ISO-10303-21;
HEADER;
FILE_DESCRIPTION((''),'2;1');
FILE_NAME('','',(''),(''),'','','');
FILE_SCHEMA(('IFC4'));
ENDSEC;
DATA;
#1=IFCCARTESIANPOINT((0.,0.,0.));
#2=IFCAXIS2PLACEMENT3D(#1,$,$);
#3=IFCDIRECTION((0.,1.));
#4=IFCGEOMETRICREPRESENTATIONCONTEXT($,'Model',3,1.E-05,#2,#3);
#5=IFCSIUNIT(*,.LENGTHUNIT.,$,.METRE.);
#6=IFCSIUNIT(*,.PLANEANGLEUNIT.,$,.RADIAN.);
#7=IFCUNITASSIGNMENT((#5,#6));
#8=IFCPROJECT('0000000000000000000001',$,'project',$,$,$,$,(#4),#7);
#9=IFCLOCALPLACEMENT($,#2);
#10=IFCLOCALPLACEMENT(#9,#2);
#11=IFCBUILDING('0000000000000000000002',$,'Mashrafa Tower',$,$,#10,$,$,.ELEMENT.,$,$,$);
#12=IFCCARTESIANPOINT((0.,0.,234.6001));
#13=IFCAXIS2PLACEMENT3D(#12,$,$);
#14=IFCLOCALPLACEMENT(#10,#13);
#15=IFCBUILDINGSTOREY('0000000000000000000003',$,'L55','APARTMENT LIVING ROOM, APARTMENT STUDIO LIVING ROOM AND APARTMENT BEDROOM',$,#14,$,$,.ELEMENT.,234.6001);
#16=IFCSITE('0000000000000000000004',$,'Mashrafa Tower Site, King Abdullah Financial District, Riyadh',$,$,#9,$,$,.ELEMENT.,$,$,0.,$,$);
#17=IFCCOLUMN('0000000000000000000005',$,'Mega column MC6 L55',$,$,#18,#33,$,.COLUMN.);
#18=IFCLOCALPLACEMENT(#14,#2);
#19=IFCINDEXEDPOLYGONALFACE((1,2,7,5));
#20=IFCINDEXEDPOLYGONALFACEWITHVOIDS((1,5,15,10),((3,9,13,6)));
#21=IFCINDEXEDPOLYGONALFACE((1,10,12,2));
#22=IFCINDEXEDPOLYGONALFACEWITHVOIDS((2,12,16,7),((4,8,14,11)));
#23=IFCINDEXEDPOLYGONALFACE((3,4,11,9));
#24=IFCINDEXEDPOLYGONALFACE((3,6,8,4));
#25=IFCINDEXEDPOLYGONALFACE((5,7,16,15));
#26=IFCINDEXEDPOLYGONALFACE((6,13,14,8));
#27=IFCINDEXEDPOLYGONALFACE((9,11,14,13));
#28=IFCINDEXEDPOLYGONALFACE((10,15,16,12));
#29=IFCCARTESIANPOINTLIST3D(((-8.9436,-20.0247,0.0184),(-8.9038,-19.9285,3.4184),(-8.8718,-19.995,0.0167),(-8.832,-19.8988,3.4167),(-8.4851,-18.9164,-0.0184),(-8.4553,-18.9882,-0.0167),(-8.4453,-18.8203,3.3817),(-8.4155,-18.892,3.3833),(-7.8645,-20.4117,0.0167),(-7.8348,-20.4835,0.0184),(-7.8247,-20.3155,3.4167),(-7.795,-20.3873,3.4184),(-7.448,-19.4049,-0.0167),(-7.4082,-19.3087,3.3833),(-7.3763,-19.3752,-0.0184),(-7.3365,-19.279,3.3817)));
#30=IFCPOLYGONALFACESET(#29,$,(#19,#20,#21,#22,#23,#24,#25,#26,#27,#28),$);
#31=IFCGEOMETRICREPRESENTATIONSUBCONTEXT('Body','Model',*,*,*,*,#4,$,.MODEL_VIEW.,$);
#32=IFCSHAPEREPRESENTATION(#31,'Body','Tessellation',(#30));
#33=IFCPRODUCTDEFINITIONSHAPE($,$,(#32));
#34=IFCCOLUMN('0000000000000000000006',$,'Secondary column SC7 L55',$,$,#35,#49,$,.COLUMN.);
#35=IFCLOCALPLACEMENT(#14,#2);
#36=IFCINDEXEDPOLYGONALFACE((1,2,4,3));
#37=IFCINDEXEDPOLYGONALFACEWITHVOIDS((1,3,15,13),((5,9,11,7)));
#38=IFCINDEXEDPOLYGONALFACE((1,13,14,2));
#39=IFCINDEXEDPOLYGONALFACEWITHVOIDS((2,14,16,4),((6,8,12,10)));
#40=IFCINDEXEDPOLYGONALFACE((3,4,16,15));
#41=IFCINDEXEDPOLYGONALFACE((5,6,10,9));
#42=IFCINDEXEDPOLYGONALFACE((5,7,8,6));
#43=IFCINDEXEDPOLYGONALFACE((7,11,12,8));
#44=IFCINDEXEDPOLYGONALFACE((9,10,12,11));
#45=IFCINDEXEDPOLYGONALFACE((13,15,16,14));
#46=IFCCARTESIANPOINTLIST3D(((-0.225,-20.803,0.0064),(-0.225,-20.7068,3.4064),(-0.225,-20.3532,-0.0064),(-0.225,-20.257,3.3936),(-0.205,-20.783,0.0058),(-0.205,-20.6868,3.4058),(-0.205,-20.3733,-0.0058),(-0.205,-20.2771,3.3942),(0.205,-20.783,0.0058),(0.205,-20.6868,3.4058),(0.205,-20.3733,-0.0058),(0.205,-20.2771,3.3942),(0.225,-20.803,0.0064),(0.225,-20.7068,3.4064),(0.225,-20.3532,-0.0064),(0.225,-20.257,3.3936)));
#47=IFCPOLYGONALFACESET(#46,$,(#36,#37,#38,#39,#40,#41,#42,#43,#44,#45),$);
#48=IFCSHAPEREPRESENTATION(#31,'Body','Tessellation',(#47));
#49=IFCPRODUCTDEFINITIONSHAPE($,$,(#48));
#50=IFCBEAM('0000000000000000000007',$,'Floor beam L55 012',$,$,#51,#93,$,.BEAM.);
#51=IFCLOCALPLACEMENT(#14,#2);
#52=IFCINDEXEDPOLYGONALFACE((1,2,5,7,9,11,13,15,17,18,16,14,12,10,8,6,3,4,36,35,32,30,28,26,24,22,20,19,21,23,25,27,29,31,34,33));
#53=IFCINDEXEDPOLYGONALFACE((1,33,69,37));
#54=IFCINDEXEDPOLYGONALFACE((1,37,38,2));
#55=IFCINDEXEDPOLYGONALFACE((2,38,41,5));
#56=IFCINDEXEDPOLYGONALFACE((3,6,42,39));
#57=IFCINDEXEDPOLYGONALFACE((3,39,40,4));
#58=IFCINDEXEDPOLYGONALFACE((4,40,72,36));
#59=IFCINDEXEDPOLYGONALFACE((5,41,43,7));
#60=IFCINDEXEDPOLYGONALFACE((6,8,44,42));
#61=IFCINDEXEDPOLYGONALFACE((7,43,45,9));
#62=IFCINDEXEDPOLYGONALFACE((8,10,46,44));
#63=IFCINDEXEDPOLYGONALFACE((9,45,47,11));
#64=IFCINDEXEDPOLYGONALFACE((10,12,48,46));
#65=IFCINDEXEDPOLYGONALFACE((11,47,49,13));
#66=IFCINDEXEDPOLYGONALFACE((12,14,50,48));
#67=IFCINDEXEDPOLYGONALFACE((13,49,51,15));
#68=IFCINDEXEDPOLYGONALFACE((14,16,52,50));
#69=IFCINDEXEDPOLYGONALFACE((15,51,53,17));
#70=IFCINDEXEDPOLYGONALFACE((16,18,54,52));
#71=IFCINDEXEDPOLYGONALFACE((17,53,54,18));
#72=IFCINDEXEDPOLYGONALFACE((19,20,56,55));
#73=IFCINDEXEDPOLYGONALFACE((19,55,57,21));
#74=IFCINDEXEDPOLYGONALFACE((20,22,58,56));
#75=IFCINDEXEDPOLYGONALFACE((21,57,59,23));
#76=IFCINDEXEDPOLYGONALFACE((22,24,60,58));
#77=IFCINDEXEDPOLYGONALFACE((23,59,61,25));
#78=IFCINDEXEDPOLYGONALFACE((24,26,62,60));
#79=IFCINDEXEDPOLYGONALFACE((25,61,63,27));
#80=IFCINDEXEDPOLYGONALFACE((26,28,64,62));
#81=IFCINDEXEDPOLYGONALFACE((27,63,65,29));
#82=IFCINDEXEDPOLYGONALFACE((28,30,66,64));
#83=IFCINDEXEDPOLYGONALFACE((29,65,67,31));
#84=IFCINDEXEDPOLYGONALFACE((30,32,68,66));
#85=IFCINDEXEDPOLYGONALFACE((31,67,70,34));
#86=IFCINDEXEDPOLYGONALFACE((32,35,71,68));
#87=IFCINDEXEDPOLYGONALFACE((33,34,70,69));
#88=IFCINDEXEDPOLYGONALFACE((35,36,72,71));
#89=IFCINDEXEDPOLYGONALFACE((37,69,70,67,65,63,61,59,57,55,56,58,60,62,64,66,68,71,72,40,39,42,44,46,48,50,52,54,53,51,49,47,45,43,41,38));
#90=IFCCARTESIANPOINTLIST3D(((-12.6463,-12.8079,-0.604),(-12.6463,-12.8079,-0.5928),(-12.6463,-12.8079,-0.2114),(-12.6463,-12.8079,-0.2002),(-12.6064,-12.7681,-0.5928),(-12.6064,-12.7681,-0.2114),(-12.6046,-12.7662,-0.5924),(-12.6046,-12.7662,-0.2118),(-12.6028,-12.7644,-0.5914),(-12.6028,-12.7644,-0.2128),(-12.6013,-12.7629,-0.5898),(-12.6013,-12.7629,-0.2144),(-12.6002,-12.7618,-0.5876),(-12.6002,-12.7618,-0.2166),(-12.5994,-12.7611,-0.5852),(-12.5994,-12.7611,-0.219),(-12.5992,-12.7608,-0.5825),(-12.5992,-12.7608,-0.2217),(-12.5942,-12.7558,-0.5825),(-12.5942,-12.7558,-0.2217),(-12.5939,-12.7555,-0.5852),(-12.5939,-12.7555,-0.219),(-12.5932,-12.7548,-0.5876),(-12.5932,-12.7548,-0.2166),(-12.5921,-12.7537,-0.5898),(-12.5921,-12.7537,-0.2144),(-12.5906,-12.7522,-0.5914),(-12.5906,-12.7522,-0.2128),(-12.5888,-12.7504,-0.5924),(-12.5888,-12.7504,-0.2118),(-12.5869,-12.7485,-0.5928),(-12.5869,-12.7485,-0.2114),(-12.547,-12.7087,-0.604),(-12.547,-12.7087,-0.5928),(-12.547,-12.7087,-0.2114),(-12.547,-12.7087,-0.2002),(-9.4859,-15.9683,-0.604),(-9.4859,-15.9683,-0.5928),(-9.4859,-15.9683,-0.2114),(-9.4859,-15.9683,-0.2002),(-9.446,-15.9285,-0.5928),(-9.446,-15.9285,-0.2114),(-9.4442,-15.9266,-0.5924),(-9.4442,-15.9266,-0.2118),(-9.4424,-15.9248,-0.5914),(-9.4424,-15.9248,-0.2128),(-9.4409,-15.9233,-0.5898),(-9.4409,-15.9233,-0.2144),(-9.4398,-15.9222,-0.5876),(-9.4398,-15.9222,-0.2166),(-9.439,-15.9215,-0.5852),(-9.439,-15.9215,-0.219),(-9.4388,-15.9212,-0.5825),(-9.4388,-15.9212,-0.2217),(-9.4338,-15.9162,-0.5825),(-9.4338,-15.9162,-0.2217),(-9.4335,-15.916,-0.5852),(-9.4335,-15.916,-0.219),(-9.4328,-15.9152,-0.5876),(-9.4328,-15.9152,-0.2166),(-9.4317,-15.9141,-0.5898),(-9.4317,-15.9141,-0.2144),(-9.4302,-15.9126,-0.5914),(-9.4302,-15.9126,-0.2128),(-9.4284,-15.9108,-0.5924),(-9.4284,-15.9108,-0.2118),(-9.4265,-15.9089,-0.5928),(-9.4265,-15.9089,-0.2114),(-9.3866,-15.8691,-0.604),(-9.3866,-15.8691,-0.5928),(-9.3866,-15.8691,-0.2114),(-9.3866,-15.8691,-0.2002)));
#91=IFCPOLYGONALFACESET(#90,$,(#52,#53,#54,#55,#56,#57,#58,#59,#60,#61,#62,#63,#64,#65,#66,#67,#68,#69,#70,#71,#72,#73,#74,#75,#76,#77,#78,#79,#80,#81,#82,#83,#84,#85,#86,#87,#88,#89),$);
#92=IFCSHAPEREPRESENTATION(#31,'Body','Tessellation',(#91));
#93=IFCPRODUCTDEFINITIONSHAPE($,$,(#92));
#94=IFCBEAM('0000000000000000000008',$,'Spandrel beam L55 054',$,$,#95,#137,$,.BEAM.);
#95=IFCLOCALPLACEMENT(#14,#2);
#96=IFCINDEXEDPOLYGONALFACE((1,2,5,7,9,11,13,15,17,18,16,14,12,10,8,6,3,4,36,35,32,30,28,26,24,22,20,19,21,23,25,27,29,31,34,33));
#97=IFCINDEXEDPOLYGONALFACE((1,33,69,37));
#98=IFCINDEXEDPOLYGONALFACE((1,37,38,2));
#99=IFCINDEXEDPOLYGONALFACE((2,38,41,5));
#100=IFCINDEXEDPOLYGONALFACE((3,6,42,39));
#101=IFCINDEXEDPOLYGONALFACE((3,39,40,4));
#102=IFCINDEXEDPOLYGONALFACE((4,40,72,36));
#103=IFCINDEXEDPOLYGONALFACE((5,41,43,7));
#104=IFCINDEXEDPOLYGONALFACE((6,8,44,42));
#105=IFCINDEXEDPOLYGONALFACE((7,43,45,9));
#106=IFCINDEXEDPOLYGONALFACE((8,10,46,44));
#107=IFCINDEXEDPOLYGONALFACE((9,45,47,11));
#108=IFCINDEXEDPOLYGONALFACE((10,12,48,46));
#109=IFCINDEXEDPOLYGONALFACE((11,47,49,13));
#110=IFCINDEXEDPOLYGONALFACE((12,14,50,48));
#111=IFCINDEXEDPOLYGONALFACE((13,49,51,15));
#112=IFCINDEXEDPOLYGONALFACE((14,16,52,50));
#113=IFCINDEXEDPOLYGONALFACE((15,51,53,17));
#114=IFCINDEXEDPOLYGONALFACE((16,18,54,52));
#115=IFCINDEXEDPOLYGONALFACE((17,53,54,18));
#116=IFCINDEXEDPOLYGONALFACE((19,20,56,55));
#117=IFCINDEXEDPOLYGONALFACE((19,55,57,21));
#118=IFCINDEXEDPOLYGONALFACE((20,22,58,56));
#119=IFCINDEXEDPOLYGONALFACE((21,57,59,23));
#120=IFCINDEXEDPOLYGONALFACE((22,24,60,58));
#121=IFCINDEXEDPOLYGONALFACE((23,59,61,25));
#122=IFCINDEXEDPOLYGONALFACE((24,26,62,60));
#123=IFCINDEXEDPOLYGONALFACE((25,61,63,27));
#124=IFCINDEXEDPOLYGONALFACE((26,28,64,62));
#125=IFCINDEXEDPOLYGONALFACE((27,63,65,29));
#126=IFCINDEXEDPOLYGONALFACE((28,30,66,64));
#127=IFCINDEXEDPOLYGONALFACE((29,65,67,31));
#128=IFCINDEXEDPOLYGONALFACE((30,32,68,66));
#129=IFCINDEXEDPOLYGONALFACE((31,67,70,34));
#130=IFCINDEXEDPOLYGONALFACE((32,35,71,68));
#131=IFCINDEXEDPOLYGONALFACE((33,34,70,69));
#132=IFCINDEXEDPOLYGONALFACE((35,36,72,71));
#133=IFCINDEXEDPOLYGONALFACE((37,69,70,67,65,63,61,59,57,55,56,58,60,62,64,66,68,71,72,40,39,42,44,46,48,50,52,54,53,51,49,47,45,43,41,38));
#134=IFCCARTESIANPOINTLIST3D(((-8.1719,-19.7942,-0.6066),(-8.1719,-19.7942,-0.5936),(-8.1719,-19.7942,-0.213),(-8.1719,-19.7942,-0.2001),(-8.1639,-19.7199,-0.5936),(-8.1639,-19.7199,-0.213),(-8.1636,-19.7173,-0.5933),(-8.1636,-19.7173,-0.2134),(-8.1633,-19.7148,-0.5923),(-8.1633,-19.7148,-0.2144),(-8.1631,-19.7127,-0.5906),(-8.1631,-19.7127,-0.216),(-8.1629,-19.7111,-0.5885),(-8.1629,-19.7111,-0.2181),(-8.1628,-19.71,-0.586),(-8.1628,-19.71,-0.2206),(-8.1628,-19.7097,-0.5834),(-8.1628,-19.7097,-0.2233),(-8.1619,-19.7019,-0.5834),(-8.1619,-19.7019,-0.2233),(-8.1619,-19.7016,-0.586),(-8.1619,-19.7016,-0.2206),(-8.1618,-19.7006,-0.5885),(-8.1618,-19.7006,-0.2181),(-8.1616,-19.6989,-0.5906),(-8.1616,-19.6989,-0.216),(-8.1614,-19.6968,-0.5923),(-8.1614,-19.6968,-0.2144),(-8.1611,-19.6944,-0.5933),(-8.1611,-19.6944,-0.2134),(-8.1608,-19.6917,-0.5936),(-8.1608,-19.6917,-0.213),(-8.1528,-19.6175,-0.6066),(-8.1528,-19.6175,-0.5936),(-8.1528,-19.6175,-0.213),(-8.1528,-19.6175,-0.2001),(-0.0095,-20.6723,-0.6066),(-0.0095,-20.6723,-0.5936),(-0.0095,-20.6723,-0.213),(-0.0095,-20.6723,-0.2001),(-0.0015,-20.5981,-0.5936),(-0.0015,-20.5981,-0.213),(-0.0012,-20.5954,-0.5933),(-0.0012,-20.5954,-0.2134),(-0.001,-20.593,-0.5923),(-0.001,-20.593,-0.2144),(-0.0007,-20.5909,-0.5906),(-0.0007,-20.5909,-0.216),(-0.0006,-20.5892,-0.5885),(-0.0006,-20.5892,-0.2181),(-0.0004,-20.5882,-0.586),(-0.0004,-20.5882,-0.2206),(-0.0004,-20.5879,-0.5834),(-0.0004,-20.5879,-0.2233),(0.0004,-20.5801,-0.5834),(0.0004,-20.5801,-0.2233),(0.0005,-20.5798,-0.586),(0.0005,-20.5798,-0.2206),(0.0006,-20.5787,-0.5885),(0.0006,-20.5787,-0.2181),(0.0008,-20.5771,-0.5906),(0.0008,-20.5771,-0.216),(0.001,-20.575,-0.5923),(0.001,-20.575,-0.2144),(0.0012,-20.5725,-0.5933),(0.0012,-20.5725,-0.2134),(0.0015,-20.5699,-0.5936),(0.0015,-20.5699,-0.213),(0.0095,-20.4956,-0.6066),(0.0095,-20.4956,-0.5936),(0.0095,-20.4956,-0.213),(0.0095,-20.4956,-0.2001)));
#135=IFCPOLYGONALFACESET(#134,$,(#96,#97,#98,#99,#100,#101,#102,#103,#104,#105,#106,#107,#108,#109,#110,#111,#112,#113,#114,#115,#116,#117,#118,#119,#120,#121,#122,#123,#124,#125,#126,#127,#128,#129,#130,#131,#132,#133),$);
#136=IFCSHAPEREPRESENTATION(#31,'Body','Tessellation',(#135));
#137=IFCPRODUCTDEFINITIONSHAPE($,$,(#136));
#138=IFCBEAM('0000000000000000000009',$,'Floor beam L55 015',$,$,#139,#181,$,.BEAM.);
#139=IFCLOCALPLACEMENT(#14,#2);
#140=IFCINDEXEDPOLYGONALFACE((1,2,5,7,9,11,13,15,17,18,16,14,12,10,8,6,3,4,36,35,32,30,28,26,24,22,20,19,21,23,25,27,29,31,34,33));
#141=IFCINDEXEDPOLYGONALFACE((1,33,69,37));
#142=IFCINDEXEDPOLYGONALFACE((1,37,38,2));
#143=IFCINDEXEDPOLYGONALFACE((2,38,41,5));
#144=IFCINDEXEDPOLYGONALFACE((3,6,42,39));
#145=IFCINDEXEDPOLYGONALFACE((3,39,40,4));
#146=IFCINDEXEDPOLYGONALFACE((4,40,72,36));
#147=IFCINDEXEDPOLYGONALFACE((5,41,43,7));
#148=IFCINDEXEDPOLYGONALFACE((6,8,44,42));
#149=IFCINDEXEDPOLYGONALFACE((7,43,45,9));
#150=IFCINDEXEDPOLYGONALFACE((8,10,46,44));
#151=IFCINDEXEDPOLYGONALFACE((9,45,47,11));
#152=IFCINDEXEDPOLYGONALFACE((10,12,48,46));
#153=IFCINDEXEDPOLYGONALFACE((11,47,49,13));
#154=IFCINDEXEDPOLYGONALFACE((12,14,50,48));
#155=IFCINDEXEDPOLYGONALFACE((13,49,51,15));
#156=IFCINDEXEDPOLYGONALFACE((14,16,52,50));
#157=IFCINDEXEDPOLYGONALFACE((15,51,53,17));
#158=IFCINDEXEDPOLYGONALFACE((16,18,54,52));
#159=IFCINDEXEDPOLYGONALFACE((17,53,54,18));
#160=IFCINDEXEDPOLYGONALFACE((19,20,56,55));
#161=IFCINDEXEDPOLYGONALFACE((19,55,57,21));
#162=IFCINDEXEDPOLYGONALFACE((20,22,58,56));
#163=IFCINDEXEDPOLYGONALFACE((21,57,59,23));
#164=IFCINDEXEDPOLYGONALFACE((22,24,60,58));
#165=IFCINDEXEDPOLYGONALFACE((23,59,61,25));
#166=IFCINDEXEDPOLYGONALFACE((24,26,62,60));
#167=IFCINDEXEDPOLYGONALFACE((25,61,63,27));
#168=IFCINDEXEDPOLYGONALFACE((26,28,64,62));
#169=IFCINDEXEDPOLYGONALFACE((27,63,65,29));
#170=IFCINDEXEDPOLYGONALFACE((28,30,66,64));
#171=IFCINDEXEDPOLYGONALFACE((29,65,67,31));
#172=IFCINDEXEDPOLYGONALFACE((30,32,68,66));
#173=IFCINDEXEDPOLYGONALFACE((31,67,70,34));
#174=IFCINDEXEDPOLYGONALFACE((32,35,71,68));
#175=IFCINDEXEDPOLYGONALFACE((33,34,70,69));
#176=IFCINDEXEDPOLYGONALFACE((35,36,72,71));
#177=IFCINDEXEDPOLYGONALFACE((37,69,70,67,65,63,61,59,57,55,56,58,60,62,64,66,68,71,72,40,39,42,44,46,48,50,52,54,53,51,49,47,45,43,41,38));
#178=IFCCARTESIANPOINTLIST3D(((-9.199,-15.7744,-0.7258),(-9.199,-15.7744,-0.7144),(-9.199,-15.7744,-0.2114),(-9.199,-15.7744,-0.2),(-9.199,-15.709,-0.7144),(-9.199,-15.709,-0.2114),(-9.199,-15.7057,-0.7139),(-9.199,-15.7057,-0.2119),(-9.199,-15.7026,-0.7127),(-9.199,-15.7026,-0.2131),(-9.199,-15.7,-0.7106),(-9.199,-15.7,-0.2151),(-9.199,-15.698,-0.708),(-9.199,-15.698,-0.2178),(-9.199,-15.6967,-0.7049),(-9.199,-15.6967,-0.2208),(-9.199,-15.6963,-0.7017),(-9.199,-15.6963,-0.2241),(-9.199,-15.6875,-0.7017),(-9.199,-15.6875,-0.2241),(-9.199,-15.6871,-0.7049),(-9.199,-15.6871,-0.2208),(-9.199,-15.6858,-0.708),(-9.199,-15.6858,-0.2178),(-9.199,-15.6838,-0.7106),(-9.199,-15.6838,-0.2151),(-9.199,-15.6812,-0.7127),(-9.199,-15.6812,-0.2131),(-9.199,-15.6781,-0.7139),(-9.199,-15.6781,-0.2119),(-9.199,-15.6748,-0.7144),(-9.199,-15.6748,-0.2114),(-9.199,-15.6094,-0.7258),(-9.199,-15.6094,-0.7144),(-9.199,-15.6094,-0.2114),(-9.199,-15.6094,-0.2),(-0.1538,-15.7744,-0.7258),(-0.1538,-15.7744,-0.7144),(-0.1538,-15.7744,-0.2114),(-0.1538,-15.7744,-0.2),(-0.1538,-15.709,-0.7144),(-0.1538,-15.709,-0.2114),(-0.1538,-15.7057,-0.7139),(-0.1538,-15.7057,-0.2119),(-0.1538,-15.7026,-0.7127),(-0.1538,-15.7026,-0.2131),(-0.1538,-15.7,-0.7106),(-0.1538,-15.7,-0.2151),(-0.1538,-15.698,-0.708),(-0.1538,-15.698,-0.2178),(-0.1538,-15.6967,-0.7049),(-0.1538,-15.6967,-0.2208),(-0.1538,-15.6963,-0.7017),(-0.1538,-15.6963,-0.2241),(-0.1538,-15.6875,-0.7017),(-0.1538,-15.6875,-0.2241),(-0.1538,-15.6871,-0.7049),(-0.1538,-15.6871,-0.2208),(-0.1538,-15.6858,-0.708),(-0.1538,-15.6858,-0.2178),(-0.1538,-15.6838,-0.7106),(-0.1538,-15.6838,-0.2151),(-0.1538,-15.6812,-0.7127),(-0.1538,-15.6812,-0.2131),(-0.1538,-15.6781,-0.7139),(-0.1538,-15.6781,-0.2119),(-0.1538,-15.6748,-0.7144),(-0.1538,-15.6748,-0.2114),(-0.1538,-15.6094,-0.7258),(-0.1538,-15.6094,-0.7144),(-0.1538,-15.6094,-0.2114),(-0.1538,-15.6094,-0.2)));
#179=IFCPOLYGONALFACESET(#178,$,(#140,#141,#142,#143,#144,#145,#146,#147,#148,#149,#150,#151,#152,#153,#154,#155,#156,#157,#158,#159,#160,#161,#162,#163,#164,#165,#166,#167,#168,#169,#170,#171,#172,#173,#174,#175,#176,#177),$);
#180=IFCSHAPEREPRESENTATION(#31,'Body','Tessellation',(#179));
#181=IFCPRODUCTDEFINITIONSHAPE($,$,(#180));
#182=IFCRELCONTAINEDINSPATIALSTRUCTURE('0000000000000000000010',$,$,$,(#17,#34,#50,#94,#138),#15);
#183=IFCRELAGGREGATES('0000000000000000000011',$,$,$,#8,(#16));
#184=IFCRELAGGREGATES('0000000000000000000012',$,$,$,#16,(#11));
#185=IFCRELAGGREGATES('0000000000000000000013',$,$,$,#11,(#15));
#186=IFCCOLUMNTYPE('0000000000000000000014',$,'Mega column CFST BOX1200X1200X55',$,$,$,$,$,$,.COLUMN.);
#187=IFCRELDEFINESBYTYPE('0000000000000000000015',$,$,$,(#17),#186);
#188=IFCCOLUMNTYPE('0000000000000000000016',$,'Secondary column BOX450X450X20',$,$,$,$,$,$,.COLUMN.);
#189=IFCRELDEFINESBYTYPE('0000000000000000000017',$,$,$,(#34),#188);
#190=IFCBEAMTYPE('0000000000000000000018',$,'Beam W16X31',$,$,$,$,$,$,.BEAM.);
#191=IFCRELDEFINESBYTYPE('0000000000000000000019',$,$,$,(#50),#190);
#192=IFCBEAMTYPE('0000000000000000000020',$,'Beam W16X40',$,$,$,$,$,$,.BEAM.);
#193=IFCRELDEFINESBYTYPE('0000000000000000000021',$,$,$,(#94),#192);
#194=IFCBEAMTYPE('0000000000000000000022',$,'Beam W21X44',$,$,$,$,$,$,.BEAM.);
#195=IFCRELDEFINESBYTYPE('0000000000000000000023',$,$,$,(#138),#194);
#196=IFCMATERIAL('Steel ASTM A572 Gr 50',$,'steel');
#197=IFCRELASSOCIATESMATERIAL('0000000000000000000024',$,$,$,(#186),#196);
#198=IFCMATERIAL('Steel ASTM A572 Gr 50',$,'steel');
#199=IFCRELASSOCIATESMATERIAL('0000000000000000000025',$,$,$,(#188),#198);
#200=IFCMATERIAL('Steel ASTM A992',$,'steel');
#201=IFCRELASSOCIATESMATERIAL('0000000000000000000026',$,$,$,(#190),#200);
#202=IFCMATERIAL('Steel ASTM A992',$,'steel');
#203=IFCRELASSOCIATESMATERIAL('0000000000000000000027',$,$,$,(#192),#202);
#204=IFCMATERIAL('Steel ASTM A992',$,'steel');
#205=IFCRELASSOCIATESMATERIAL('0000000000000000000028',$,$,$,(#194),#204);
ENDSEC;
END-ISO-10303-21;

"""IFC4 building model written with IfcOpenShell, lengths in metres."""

from ifc_helpers import new_model, si_unit, direction, frame, origin, origin_2d, place, context, subcontext, project, spatial, hollow_rectangle, i_section, extrude, material, material_profile, profile_set, type_object, element, save


model = new_model("IFC4")

# Units and contexts
model_context = context("Model", 3, precision=1e-05, world=origin(), true_north=direction((0.0, 1.0)))
body_context = subcontext(model_context, "Body", "Model", "MODEL_VIEW")
ifc_project = project(units=[si_unit("LENGTHUNIT", "METRE"), si_unit("PLANEANGLEUNIT", "RADIAN")], contexts=[model_context])

# Site, building, storey
site_placement = place(None, origin())
site = spatial("IfcSite", under=ifc_project, at=site_placement, Name="Mashrafa Tower Site, King Abdullah Financial District, Riyadh", CompositionType="ELEMENT", RefElevation=0.0)
building_placement = place(site_placement, origin())
building = spatial("IfcBuilding", under=site, at=building_placement, Name="Mashrafa Tower", CompositionType="ELEMENT")
storey_placement = place(building_placement, frame((0.0, 0.0, 234.6001)))
storey = spatial("IfcBuildingStorey", under=building, at=storey_placement, Name="L55", Description="APARTMENT LIVING ROOM, APARTMENT STUDIO LIVING ROOM AND APARTMENT BEDROOM", CompositionType="ELEMENT", Elevation=234.6001)

# Columns
ifc_material_1 = material(Name="Steel ASTM A572 Gr 50", Category="steel")
ifc_material_profile_1 = material_profile(ifc_material_1, hollow_rectangle(XDim=1.2, YDim=1.2, WallThickness=0.0549, at=origin_2d()), Name="BOX1200X1200X55")
ifc_profile_set_1 = profile_set([ifc_material_profile_1], Name="Steel ASTM A572 Gr 50")
column_type_1 = type_object("IfcColumnType", Name="Mega column CFST BOX1200X1200X55", PredefinedType="COLUMN", material=ifc_profile_set_1)
column_1_placement = place(storey_placement, frame((-8.1599, -19.7, 0.0), z_axis=(0.011699, 0.028279, 0.999532), x_axis=(-0.924045, 0.382283, 0.0)))
element("IfcColumn", 1, at=column_1_placement, inside=storey, type_object=column_type_1, Name="Mega column MC6 L55", PredefinedType="COLUMN", context=body_context, shape_type="SweptSolid", body=[
    extrude(hollow_rectangle(XDim=1.2, YDim=1.2, WallThickness=0.0549, at=origin_2d()), origin(), (0.0, 0.0, 1.0), 3.4016),
])
ifc_material_2 = material(Name="Steel ASTM A572 Gr 50", Category="steel")
ifc_material_profile_2 = material_profile(ifc_material_2, hollow_rectangle(XDim=0.45, YDim=0.45, WallThickness=0.02, at=origin_2d()), Name="BOX450X450X20")
ifc_profile_set_2 = profile_set([ifc_material_profile_2], Name="Steel ASTM A572 Gr 50")
column_type_2 = type_object("IfcColumnType", Name="Secondary column BOX450X450X20", PredefinedType="COLUMN", material=ifc_profile_set_2)
column_2_placement = place(storey_placement, frame((0.0, -20.5781, 0.0), z_axis=(0.0, 0.028281, 0.9996), x_axis=(-1.0, 0.0, 0.0)))
element("IfcColumn", 2, at=column_2_placement, inside=storey, type_object=column_type_2, Name="Secondary column SC7 L55", PredefinedType="COLUMN", context=body_context, shape_type="SweptSolid", body=[
    extrude(hollow_rectangle(XDim=0.45, YDim=0.45, WallThickness=0.02, at=origin_2d()), origin(), (0.0, 0.0, 1.0), 3.4014),
])

# Beams
ifc_material_3 = material(Name="Steel ASTM A992", Category="steel")
ifc_material_profile_3 = material_profile(ifc_material_3, i_section(OverallWidth=0.1404, OverallDepth=0.4038, WebThickness=0.0071, FlangeThickness=0.0112, FilletRadius=0.0103, at=origin_2d()), Name="W16X31")
ifc_profile_set_3 = profile_set([ifc_material_profile_3], Name="Steel ASTM A992")
beam_type_1 = type_object("IfcBeamType", Name="Beam W16X31", PredefinedType="BEAM", material=ifc_profile_set_3)
beam_1_placement = place(storey_placement, frame((-9.4363, -15.9187, -0.4021), z_axis=(-0.707107, 0.707107, 0.0), x_axis=(-0.707107, -0.707107, 0.0)))
element("IfcBeam", 3, at=beam_1_placement, inside=storey, type_object=beam_type_1, Name="Floor beam L55 012", PredefinedType="BEAM", context=body_context, shape_type="SweptSolid", body=[
    extrude(i_section(OverallWidth=0.1404, OverallDepth=0.4038, WebThickness=0.0071, FlangeThickness=0.0112, FilletRadius=0.0103, at=origin_2d()), origin(), (0.0, 0.0, 1.0), 4.4695),
])
ifc_material_4 = material(Name="Steel ASTM A992", Category="steel")
ifc_material_profile_4 = material_profile(ifc_material_4, i_section(OverallWidth=0.1777, OverallDepth=0.4065, WebThickness=0.0078, FlangeThickness=0.0129, FilletRadius=0.0103, at=origin_2d()), Name="W16X40")
ifc_profile_set_4 = profile_set([ifc_material_profile_4], Name="Steel ASTM A992")
beam_type_2 = type_object("IfcBeamType", Name="Beam W16X40", PredefinedType="BEAM", material=ifc_profile_set_4)
beam_2_placement = place(storey_placement, frame((-8.1624, -19.7058, -0.4033), z_axis=(0.994262, -0.106971, 0.0), x_axis=(0.106971, 0.994262, 0.0)))
element("IfcBeam", 4, at=beam_2_placement, inside=storey, type_object=beam_type_2, Name="Spandrel beam L55 054", PredefinedType="BEAM", context=body_context, shape_type="SweptSolid", body=[
    extrude(i_section(OverallWidth=0.1777, OverallDepth=0.4065, WebThickness=0.0078, FlangeThickness=0.0129, FilletRadius=0.0103, at=origin_2d()), origin(), (0.0, 0.0, 1.0), 8.2095),
])
ifc_material_5 = material(Name="Steel ASTM A992", Category="steel")
ifc_material_profile_5 = material_profile(ifc_material_5, i_section(OverallWidth=0.165, OverallDepth=0.5259, WebThickness=0.0088, FlangeThickness=0.0115, FilletRadius=0.0127, at=origin_2d()), Name="W21X44")
ifc_profile_set_5 = profile_set([ifc_material_profile_5], Name="Steel ASTM A992")
beam_type_3 = type_object("IfcBeamType", Name="Beam W21X44", PredefinedType="BEAM", material=ifc_profile_set_5)
beam_3_placement = place(storey_placement, frame((-0.1538, -15.6919, -0.4629), z_axis=(-1.0, 0.0, 0.0), x_axis=(0.0, -1.0, 0.0)))
element("IfcBeam", 5, at=beam_3_placement, inside=storey, type_object=beam_type_3, Name="Floor beam L55 015", PredefinedType="BEAM", context=body_context, shape_type="SweptSolid", body=[
    extrude(i_section(OverallWidth=0.165, OverallDepth=0.5259, WebThickness=0.0088, FlangeThickness=0.0115, FilletRadius=0.0127, at=origin_2d()), origin(), (0.0, 0.0, 1.0), 9.0452),
])

save(model, "model.ifc")
